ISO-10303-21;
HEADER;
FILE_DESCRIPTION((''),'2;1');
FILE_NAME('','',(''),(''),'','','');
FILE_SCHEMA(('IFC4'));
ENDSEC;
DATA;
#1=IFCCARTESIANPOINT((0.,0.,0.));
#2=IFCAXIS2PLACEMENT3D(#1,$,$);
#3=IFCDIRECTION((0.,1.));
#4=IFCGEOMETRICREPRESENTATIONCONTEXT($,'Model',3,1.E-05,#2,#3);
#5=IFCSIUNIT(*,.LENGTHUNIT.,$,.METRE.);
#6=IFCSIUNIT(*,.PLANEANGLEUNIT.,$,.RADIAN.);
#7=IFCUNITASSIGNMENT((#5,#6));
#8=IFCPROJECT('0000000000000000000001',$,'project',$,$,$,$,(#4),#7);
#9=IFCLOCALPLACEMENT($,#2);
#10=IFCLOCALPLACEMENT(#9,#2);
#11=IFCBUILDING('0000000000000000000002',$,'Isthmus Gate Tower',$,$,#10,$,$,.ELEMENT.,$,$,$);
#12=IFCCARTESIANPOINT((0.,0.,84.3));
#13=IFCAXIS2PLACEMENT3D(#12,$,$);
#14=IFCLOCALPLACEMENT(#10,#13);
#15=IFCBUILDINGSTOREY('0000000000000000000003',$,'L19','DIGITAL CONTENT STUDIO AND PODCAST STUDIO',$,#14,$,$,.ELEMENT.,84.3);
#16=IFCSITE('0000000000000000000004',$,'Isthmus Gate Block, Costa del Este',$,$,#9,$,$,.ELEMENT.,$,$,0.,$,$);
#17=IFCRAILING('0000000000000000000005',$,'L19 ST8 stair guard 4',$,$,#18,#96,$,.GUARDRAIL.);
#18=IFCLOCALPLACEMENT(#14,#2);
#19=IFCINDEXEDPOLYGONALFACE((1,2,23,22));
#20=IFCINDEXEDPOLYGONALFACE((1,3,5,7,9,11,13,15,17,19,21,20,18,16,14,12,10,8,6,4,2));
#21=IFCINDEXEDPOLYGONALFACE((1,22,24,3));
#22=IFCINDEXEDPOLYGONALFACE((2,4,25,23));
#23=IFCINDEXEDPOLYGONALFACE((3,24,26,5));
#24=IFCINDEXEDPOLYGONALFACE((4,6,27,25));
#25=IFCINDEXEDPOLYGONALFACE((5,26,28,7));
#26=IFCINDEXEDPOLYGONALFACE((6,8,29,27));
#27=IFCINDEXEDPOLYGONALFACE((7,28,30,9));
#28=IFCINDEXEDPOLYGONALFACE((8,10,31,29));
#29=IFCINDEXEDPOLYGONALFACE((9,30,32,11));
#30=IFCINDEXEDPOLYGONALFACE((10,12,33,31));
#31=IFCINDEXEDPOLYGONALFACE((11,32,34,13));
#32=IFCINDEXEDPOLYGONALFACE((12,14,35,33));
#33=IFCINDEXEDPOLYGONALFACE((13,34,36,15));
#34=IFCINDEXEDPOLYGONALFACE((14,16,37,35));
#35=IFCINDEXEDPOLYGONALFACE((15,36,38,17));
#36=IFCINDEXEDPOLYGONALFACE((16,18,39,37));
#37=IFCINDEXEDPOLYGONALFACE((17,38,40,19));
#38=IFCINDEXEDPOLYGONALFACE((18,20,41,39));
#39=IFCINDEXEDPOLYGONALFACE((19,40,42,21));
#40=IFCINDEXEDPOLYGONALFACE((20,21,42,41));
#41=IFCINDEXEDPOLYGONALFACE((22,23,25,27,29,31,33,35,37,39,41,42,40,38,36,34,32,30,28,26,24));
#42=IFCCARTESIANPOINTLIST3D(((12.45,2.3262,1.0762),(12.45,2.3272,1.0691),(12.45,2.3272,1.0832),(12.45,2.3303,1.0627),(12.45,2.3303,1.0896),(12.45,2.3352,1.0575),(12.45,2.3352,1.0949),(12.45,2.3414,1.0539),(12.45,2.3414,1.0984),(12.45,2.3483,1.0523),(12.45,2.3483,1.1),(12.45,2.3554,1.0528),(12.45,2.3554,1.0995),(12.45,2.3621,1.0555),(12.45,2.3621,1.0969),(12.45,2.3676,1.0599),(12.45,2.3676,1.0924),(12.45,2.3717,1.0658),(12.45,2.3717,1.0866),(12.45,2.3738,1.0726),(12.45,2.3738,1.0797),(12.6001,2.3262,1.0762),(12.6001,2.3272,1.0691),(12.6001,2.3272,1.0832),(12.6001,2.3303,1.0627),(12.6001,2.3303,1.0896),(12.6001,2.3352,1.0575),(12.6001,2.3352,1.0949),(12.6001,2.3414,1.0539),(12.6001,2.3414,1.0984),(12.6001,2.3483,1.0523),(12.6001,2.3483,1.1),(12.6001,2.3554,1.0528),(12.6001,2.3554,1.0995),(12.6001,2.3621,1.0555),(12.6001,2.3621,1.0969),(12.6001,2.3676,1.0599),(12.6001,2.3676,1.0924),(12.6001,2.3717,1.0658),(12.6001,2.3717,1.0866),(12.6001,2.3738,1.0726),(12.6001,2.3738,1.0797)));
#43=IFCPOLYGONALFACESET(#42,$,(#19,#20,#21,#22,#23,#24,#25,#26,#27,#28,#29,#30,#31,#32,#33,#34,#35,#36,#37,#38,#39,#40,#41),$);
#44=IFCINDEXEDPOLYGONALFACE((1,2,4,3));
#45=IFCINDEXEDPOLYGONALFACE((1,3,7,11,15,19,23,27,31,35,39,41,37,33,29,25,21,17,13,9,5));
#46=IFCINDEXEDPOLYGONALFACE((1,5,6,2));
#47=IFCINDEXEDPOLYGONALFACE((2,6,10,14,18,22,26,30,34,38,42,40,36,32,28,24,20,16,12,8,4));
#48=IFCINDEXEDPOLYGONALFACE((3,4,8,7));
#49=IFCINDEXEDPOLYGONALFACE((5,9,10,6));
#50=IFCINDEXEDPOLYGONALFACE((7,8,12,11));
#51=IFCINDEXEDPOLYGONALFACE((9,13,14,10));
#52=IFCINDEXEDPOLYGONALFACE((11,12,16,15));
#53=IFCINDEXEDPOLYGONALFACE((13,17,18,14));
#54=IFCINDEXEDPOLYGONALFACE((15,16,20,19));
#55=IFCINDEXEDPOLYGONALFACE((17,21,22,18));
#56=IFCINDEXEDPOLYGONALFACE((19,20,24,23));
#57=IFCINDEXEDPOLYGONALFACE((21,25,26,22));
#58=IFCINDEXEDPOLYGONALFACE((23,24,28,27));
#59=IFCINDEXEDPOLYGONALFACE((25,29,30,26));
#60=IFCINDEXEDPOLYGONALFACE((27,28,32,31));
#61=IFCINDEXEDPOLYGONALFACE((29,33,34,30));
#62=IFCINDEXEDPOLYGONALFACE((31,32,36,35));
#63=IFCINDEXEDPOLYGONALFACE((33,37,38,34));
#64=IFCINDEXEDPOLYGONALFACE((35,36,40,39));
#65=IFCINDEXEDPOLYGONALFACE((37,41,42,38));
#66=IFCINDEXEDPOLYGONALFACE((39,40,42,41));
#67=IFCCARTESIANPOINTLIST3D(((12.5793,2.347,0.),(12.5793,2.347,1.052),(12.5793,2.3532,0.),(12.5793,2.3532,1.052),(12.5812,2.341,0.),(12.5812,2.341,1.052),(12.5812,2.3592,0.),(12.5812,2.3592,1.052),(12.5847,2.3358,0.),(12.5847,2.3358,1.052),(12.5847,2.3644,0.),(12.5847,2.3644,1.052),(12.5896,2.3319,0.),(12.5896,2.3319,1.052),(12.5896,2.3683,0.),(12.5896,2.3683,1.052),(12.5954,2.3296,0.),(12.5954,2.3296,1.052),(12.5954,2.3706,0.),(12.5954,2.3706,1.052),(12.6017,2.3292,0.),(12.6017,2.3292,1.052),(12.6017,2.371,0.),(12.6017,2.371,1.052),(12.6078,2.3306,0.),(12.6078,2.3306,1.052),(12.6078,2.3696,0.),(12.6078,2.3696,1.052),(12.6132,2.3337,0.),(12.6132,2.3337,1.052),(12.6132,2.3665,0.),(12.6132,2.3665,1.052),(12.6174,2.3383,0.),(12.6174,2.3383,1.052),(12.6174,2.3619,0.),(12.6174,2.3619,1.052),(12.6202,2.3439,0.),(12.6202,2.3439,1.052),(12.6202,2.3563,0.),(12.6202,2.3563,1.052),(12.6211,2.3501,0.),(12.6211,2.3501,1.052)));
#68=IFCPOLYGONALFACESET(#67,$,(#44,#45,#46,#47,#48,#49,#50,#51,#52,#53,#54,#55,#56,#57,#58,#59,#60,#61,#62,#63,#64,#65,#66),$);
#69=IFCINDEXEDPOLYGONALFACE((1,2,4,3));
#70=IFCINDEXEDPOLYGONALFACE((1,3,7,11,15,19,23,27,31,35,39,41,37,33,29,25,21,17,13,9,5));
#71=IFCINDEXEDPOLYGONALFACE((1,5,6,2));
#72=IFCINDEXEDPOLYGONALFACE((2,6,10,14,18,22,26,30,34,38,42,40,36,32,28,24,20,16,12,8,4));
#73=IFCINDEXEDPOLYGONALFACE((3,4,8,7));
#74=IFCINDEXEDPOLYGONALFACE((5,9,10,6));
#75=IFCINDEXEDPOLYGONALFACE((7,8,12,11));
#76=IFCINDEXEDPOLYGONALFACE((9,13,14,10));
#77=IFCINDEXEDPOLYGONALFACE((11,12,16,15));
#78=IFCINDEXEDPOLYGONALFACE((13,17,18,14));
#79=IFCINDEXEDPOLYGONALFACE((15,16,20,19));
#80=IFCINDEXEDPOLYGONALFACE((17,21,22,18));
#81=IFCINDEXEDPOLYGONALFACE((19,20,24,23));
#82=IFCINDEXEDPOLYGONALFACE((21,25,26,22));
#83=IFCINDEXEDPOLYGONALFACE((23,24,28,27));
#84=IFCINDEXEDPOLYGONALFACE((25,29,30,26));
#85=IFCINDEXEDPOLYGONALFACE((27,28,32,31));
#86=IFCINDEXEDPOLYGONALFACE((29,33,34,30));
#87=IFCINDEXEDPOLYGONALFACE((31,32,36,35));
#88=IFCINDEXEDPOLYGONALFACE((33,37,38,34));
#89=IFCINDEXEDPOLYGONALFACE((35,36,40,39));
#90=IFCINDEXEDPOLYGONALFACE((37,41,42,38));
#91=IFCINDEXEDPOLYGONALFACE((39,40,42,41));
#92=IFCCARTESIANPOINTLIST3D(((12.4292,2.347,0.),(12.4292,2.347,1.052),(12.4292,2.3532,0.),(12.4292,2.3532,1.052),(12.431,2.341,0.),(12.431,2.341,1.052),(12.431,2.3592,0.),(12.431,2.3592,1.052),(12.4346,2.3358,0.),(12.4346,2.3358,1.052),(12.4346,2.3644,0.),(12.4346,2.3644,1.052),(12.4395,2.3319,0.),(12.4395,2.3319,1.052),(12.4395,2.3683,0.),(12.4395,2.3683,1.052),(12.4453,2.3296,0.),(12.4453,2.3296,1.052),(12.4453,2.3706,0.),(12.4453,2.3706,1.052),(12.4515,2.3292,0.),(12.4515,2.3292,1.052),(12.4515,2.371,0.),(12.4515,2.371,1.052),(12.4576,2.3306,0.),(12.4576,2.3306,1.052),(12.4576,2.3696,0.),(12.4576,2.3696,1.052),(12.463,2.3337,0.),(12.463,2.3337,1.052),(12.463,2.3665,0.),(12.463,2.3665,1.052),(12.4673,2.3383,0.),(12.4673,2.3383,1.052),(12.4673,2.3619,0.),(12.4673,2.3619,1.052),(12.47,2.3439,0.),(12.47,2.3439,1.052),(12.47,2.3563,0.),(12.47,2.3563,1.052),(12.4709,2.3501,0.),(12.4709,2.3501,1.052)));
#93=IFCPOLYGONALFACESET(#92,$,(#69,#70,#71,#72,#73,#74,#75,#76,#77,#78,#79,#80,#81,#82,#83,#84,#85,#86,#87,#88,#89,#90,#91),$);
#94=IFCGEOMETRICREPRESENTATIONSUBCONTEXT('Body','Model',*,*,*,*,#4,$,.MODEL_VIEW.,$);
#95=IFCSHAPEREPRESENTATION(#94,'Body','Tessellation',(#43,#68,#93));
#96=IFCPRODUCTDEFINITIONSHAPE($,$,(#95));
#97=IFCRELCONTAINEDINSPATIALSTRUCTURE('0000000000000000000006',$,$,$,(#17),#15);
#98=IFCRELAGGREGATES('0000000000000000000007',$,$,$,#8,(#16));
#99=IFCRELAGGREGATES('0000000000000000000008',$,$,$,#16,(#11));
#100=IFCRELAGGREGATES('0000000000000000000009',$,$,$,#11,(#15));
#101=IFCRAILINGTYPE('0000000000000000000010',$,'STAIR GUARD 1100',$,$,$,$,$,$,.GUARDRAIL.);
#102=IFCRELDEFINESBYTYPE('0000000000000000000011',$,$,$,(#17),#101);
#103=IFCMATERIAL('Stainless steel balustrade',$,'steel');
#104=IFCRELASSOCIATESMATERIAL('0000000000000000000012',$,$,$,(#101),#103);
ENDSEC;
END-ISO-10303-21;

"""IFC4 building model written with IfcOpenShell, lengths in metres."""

from ifc_helpers import new_model, si_unit, direction, frame, origin, origin_2d, place, context, subcontext, project, spatial, circle, extrude, material, type_object, element, save


model = new_model("IFC4")

# Units and contexts
model_context = context("Model", 3, precision=1e-05, world=origin(), true_north=direction((0.0, 1.0)))
body_context = subcontext(model_context, "Body", "Model", "MODEL_VIEW")
ifc_project = project(units=[si_unit("LENGTHUNIT", "METRE"), si_unit("PLANEANGLEUNIT", "RADIAN")], contexts=[model_context])

# Site, building, storey
site_placement = place(None, origin())
site = spatial("IfcSite", under=ifc_project, at=site_placement, Name="Isthmus Gate Block, Costa del Este", CompositionType="ELEMENT", RefElevation=0.0)
building_placement = place(site_placement, origin())
building = spatial("IfcBuilding", under=site, at=building_placement, Name="Isthmus Gate Tower", CompositionType="ELEMENT")
storey_placement = place(building_placement, frame((0.0, 0.0, 84.3)))
storey = spatial("IfcBuildingStorey", under=building, at=storey_placement, Name="L19", Description="DIGITAL CONTENT STUDIO AND PODCAST STUDIO", CompositionType="ELEMENT", Elevation=84.3)

# Railing
ifc_material_1 = material(Name="Stainless steel balustrade", Category="steel")
railing_type_1 = type_object("IfcRailingType", Name="STAIR GUARD 1100", PredefinedType="GUARDRAIL", material=ifc_material_1)
railing_1_placement = place(storey_placement, frame((12.6001, 2.3501, 0.0)))
element("IfcRailing", 1, at=railing_1_placement, inside=storey, type_object=railing_type_1, Name="L19 ST8 stair guard 4", PredefinedType="GUARDRAIL", context=body_context, shape_type="SweptSolid", body=[
    extrude(circle(Radius=0.0239, at=origin_2d()), frame((0.0, 0.0, 1.0762), z_axis=(-1.0, 0.0, 0.0), x_axis=(0.0, -1.0, 0.0)), (0.0, 0.0, 1.0), 0.1501),
    extrude(circle(Radius=0.021, at=origin_2d()), origin(), (0.0, 0.0, 1.0), 1.052),
    extrude(circle(Radius=0.021, at=origin_2d()), frame((-0.1501, 0.0, 0.0)), (0.0, 0.0, 1.0), 1.052),
])

save(model, "model.ifc")
